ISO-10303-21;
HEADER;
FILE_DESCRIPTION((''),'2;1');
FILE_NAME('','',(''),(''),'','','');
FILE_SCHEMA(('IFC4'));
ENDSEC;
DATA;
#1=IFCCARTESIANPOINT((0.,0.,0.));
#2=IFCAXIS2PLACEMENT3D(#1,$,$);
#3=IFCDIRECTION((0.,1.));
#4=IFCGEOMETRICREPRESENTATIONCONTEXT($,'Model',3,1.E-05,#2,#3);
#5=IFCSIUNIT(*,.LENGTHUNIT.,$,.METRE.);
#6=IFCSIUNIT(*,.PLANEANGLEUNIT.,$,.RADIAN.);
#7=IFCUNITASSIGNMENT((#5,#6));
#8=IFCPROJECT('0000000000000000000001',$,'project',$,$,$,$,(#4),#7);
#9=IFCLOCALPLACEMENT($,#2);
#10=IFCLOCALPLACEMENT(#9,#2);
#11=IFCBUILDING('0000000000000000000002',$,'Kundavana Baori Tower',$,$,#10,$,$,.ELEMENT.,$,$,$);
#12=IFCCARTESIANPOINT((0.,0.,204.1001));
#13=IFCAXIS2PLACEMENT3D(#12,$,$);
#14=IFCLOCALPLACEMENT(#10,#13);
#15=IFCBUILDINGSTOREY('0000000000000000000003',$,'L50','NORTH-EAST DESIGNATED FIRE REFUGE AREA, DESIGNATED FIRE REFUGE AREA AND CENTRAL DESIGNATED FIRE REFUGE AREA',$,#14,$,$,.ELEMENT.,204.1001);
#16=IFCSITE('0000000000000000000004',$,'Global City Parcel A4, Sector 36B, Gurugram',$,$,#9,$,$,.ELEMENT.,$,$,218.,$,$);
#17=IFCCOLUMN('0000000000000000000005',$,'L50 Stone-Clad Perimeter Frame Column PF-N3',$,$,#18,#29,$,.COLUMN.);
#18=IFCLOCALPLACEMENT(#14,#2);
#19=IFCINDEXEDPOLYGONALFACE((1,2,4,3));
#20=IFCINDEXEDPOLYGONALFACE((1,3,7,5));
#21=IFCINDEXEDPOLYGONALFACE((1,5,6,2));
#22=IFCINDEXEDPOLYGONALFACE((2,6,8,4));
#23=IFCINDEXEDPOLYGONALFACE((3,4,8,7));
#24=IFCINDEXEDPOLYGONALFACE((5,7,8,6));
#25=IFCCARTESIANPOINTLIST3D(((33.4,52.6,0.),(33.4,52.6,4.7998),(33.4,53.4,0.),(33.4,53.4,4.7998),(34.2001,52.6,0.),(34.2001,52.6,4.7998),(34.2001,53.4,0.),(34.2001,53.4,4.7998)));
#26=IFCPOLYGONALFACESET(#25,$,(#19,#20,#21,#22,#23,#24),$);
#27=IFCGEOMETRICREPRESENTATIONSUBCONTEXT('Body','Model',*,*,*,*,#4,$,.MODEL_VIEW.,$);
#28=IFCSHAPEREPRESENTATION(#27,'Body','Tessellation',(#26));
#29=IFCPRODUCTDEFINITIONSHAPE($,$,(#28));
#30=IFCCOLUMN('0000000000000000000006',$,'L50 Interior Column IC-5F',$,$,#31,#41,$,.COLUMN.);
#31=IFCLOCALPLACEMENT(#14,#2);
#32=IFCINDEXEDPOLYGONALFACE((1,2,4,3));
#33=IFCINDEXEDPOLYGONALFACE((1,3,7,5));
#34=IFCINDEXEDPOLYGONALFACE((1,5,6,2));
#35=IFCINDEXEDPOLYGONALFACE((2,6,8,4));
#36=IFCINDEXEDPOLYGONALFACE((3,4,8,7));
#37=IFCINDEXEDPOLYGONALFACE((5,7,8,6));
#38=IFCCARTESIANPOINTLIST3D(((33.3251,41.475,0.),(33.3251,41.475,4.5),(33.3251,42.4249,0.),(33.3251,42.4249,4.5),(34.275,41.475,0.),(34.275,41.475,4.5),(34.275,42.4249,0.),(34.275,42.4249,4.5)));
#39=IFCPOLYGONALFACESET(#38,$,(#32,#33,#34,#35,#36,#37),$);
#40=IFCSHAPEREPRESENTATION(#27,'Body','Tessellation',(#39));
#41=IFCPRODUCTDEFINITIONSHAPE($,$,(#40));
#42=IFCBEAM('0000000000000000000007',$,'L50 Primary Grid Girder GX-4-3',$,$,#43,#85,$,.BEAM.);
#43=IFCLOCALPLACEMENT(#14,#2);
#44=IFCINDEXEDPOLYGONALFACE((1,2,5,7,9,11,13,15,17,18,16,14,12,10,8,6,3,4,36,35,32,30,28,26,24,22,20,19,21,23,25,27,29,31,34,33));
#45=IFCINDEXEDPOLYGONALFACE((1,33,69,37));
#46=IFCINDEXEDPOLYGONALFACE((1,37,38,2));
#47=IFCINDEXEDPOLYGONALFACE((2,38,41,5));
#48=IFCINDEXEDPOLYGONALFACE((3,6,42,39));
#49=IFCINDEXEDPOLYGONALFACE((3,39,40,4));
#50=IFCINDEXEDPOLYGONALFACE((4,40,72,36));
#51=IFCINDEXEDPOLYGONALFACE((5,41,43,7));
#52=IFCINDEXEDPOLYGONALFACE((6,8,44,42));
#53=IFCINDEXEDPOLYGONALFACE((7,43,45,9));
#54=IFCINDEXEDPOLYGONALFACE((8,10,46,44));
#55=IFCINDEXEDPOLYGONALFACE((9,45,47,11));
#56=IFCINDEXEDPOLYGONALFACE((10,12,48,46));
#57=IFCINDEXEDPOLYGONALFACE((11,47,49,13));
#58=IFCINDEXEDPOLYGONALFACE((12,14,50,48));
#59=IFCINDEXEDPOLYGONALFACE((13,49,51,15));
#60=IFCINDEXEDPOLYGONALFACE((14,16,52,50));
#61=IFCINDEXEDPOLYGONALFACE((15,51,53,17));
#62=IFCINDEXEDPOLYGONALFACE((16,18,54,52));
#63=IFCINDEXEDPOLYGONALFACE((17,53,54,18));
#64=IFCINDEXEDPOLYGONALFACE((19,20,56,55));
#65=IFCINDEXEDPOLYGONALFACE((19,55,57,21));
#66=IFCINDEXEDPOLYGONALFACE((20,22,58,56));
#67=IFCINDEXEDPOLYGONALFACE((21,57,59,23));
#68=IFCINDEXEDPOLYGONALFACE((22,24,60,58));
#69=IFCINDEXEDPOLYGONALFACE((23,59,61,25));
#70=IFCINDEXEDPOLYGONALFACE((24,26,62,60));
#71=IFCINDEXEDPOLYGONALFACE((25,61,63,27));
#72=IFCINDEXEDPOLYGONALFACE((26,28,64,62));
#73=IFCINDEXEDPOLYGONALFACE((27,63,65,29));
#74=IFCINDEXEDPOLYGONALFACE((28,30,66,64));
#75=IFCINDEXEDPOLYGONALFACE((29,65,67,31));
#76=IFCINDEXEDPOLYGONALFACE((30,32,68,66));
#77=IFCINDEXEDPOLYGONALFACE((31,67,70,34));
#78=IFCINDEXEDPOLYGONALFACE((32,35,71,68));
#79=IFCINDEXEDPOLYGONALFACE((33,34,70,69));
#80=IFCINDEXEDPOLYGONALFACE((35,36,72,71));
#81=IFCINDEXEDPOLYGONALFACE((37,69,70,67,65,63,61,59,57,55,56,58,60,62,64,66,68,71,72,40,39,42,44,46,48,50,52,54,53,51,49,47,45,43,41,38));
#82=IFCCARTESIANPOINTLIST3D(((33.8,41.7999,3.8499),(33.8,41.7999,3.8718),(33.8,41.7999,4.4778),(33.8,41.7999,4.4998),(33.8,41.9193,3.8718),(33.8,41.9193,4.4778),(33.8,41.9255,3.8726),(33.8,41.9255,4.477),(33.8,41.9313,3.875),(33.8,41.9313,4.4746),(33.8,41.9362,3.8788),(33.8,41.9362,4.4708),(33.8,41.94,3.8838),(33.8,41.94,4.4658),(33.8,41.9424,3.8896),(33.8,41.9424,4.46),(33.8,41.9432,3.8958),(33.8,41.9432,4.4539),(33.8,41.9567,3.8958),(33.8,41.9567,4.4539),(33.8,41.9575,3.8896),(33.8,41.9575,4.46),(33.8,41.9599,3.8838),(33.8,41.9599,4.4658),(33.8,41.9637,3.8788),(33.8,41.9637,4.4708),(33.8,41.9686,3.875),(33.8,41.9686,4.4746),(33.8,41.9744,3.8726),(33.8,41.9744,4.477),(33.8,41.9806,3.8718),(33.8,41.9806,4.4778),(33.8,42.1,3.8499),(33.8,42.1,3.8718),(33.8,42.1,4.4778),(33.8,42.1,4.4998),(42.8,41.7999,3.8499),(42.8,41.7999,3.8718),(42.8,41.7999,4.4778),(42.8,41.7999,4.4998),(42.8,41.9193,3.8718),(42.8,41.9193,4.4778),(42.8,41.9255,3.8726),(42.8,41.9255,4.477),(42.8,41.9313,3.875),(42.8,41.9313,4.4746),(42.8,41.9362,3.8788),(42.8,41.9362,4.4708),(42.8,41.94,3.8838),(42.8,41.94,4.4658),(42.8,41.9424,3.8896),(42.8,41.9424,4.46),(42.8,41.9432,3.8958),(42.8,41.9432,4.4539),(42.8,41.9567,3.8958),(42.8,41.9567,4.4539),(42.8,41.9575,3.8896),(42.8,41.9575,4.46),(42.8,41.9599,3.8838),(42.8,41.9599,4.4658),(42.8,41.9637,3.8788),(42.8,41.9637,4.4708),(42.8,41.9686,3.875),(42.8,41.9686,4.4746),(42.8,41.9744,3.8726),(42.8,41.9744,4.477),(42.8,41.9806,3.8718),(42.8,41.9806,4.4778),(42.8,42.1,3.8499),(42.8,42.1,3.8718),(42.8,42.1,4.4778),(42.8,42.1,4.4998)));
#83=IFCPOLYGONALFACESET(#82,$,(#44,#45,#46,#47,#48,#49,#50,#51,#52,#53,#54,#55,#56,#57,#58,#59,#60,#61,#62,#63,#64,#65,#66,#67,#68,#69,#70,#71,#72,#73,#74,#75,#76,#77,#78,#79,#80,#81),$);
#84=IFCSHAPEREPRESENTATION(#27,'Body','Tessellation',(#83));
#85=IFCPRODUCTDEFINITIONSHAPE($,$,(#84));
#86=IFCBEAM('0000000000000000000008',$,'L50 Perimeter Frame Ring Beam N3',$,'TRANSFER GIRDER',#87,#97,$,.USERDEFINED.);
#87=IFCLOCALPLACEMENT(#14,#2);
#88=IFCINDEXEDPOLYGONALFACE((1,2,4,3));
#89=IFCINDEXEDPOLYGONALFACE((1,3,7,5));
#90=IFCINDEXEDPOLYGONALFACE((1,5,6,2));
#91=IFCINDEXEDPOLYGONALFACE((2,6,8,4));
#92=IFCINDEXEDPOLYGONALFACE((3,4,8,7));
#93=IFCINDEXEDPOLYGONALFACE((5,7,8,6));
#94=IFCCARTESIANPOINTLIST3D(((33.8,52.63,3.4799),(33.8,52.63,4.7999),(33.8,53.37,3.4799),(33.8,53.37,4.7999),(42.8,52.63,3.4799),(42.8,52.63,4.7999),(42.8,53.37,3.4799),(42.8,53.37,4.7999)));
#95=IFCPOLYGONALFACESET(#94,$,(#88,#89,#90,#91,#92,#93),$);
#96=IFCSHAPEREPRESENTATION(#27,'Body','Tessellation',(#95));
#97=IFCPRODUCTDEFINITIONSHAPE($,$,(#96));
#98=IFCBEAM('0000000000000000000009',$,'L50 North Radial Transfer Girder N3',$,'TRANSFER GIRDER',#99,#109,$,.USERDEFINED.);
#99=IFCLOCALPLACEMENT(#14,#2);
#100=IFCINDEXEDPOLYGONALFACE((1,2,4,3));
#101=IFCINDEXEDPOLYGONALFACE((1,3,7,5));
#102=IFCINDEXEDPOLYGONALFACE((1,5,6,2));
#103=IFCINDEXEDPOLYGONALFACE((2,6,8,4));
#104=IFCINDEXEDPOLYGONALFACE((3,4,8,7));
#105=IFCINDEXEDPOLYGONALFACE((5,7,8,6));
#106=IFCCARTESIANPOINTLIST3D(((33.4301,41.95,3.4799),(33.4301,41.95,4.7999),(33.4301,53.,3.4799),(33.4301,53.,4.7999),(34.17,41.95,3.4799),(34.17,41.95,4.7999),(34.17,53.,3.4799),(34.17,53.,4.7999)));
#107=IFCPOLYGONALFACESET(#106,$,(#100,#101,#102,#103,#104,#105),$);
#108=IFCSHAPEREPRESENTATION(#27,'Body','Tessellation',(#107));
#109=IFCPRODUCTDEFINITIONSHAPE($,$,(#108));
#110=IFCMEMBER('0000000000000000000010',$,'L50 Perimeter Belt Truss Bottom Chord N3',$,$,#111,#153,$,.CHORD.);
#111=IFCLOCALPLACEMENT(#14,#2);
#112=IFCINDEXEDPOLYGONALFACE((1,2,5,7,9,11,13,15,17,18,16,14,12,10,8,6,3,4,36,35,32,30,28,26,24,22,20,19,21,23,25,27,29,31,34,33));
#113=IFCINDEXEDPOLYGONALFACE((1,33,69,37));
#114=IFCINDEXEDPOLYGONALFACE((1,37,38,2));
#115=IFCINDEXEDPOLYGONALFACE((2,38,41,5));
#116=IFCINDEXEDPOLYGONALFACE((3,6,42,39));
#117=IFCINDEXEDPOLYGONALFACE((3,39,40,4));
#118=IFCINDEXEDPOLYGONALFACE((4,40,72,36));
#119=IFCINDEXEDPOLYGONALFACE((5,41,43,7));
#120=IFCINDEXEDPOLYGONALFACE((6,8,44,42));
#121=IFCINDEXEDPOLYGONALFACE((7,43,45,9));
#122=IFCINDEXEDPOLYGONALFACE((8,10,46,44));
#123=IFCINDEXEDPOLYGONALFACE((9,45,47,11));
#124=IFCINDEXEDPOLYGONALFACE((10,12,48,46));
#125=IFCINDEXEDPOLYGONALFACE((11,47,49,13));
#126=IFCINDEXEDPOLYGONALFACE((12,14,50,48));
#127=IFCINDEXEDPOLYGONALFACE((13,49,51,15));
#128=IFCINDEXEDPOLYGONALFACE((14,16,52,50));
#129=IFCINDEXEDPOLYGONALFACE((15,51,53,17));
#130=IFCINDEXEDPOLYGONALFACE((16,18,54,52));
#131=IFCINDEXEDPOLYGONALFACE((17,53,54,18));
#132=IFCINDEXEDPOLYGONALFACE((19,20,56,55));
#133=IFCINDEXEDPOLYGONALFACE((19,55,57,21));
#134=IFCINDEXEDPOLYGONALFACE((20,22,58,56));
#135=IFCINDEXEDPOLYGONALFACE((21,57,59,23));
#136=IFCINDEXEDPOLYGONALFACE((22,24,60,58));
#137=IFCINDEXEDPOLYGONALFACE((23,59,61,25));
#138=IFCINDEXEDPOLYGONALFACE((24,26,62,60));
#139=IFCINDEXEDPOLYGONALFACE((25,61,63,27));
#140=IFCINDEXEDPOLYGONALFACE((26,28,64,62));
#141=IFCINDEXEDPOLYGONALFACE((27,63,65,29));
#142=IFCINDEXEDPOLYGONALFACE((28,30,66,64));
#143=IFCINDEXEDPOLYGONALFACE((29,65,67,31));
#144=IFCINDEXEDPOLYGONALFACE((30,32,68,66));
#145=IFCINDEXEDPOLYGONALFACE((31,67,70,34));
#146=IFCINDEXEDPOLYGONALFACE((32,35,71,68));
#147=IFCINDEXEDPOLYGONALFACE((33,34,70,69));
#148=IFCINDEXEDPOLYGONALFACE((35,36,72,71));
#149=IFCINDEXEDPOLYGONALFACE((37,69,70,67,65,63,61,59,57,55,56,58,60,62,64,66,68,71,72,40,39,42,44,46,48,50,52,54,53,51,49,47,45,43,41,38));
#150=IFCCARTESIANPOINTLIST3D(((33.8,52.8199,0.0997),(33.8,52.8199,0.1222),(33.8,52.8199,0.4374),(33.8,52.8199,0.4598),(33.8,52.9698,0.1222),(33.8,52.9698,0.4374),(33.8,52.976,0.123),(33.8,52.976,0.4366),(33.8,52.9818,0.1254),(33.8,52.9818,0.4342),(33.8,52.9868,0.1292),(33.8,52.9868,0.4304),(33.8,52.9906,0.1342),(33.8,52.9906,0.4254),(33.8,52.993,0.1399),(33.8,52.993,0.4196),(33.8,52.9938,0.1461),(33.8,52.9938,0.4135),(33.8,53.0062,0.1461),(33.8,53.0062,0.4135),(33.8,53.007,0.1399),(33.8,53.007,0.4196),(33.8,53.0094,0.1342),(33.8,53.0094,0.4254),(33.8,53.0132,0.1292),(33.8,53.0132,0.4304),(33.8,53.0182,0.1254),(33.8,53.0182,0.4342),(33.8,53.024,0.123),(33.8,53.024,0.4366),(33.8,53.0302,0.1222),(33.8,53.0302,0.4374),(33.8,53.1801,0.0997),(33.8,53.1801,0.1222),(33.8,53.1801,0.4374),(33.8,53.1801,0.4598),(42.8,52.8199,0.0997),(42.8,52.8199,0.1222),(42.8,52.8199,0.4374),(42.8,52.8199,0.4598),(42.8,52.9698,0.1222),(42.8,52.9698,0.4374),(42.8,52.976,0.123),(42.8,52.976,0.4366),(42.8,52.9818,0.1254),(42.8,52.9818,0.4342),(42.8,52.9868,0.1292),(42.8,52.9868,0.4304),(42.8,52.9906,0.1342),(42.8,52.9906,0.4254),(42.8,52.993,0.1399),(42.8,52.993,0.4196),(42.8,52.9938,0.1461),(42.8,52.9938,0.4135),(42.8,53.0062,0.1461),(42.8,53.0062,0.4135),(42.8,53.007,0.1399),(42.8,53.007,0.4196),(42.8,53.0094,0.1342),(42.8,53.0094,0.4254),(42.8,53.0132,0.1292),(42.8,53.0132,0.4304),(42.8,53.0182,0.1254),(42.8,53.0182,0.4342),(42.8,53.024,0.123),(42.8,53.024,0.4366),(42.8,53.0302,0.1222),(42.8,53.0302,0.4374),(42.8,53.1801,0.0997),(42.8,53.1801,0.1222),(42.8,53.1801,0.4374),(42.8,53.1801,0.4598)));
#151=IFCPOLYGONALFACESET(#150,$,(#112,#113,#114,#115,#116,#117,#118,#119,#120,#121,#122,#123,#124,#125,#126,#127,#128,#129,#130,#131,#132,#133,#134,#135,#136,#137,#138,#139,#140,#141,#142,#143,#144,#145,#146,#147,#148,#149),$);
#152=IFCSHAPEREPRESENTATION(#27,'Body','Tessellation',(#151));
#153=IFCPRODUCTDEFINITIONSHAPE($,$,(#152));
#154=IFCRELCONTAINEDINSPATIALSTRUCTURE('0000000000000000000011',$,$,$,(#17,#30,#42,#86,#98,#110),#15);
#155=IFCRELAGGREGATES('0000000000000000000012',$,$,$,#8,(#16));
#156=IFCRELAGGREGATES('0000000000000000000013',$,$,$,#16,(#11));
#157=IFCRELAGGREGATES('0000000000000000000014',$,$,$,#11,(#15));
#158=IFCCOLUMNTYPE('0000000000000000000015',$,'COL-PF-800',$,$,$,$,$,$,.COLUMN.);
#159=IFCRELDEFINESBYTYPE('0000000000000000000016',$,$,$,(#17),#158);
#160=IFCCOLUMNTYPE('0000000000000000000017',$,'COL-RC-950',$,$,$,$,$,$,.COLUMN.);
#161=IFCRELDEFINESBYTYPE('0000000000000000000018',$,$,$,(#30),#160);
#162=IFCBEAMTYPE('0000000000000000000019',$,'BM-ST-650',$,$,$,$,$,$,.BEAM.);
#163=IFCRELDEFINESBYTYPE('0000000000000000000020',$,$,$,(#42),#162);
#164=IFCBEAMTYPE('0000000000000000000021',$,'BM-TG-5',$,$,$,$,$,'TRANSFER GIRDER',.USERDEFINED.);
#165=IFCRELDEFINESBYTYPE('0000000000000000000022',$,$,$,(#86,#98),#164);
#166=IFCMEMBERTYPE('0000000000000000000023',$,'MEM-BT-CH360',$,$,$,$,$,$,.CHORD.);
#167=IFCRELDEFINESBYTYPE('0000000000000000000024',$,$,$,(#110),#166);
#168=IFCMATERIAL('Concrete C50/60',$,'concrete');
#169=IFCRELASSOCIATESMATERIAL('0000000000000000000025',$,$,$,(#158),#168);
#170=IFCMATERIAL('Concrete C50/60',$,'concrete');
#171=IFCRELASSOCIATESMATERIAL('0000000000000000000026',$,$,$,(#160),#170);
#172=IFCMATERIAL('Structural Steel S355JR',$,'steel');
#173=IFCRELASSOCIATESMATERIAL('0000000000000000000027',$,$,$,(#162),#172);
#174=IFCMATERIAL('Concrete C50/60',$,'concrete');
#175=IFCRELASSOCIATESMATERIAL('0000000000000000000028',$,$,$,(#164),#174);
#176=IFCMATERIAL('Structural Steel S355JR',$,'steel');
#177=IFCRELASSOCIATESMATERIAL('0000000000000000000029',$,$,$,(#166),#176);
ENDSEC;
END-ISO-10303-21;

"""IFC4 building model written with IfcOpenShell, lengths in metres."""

from ifc_helpers import new_model, si_unit, direction, frame, origin, origin_2d, place, context, subcontext, project, spatial, rectangle, i_section, extrude, material, material_profile, profile_set, type_object, element, save


model = new_model("IFC4")

# Units and contexts
model_context = context("Model", 3, precision=1e-05, world=origin(), true_north=direction((0.0, 1.0)))
body_context = subcontext(model_context, "Body", "Model", "MODEL_VIEW")
ifc_project = project(units=[si_unit("LENGTHUNIT", "METRE"), si_unit("PLANEANGLEUNIT", "RADIAN")], contexts=[model_context])

# Site, building, storey
site_placement = place(None, origin())
site = spatial("IfcSite", under=ifc_project, at=site_placement, Name="Global City Parcel A4, Sector 36B, Gurugram", CompositionType="ELEMENT", RefElevation=218.0)
building_placement = place(site_placement, origin())
building = spatial("IfcBuilding", under=site, at=building_placement, Name="Kundavana Baori Tower", CompositionType="ELEMENT")
storey_placement = place(building_placement, frame((0.0, 0.0, 204.1001)))
storey = spatial("IfcBuildingStorey", under=building, at=storey_placement, Name="L50", Description="NORTH-EAST DESIGNATED FIRE REFUGE AREA, DESIGNATED FIRE REFUGE AREA AND CENTRAL DESIGNATED FIRE REFUGE AREA", CompositionType="ELEMENT", Elevation=204.1001)

# Columns
ifc_material_1 = material(Name="Concrete C50/60", Category="concrete")
ifc_material_profile_1 = material_profile(ifc_material_1, rectangle(XDim=0.8, YDim=0.8, at=origin_2d()), Name="RC PF 800x800")
ifc_profile_set_1 = profile_set([ifc_material_profile_1], Name="Concrete C50/60")
column_type_1 = type_object("IfcColumnType", Name="COL-PF-800", PredefinedType="COLUMN", material=ifc_profile_set_1)
column_1_placement = place(storey_placement, frame((33.8, 53.0, 0.0), z_axis=(0.0, 0.0, 1.0), x_axis=(1.0, 0.0, 0.0)))
element("IfcColumn", 1, at=column_1_placement, inside=storey, type_object=column_type_1, Name="L50 Stone-Clad Perimeter Frame Column PF-N3", PredefinedType="COLUMN", context=body_context, shape_type="SweptSolid", body=[
    extrude(rectangle(XDim=0.8, YDim=0.8, at=origin_2d()), origin(), (0.0, 0.0, 1.0), 4.7998),
])
ifc_material_2 = material(Name="Concrete C50/60", Category="concrete")
ifc_material_profile_2 = material_profile(ifc_material_2, rectangle(XDim=0.95, YDim=0.95, at=origin_2d()), Name="RC 950x950")
ifc_profile_set_2 = profile_set([ifc_material_profile_2], Name="Concrete C50/60")
column_type_2 = type_object("IfcColumnType", Name="COL-RC-950", PredefinedType="COLUMN", material=ifc_profile_set_2)
column_2_placement = place(storey_placement, frame((33.8, 41.95, 0.0), z_axis=(0.0, 0.0, 1.0), x_axis=(1.0, 0.0, 0.0)))
element("IfcColumn", 2, at=column_2_placement, inside=storey, type_object=column_type_2, Name="L50 Interior Column IC-5F", PredefinedType="COLUMN", context=body_context, shape_type="SweptSolid", body=[
    extrude(rectangle(XDim=0.95, YDim=0.95, at=origin_2d()), origin(), (0.0, 0.0, 1.0), 4.5),
])

# Beams
ifc_material_3 = material(Name="Structural Steel S355JR", Category="steel")
ifc_material_profile_3 = material_profile(ifc_material_3, i_section(OverallWidth=0.3, OverallDepth=0.6499, WebThickness=0.0134, FlangeThickness=0.022, FilletRadius=0.0239, at=origin_2d()), Name="NPB 650x300x155")
ifc_profile_set_3 = profile_set([ifc_material_profile_3], Name="Structural Steel S355JR")
beam_type_1 = type_object("IfcBeamType", Name="BM-ST-650", PredefinedType="BEAM", material=ifc_profile_set_3)
beam_1_placement = place(storey_placement, frame((33.8, 41.95, 4.1748), z_axis=(1.0, 0.0, 0.0), x_axis=(0.0, 1.0, 0.0)))
element("IfcBeam", 3, at=beam_1_placement, inside=storey, type_object=beam_type_1, Name="L50 Primary Grid Girder GX-4-3", PredefinedType="BEAM", context=body_context, shape_type="SweptSolid", body=[
    extrude(i_section(OverallWidth=0.3, OverallDepth=0.6499, WebThickness=0.0134, FlangeThickness=0.022, FilletRadius=0.0239, at=origin_2d()), origin(), (0.0, 0.0, 1.0), 9.0),
])
ifc_material_4 = material(Name="Concrete C50/60", Category="concrete")
ifc_material_profile_4 = material_profile(ifc_material_4, rectangle(XDim=0.74, YDim=1.3201, at=origin_2d()), Name="BM-TG-5")
ifc_profile_set_4 = profile_set([ifc_material_profile_4], Name="Concrete C50/60")
beam_type_2 = type_object("IfcBeamType", Name="BM-TG-5", ElementType="TRANSFER GIRDER", PredefinedType="USERDEFINED", material=ifc_profile_set_4)
beam_2_placement = place(storey_placement, frame((33.8, 53.0, 4.1399), z_axis=(1.0, 0.0, 0.0), x_axis=(0.0, 1.0, 0.0)))
element("IfcBeam", 4, at=beam_2_placement, inside=storey, type_object=beam_type_2, Name="L50 Perimeter Frame Ring Beam N3", ObjectType="TRANSFER GIRDER", PredefinedType="USERDEFINED", context=body_context, shape_type="SweptSolid", body=[
    extrude(rectangle(XDim=0.74, YDim=1.3201, at=origin_2d()), origin(), (0.0, 0.0, 1.0), 9.0),
])
beam_3_placement = place(storey_placement, frame((33.8, 41.95, 4.1399), z_axis=(0.0, 1.0, 0.0), x_axis=(-1.0, 0.0, 0.0)))
element("IfcBeam", 5, at=beam_3_placement, inside=storey, type_object=beam_type_2, Name="L50 North Radial Transfer Girder N3", ObjectType="TRANSFER GIRDER", PredefinedType="USERDEFINED", context=body_context, shape_type="SweptSolid", body=[
    extrude(rectangle(XDim=0.74, YDim=1.3201, at=origin_2d()), origin(), (0.0, 0.0, 1.0), 11.05),
])

# Member
ifc_material_5 = material(Name="Structural Steel S355JR", Category="steel")
ifc_material_profile_5 = material_profile(ifc_material_5, i_section(OverallWidth=0.3601, OverallDepth=0.3601, WebThickness=0.0125, FlangeThickness=0.0225, FilletRadius=0.0239, at=origin_2d()), Name="WPB 360x360x142")
ifc_profile_set_5 = profile_set([ifc_material_profile_5], Name="Structural Steel S355JR")
member_type_1 = type_object("IfcMemberType", Name="MEM-BT-CH360", PredefinedType="CHORD", material=ifc_profile_set_5)
member_1_placement = place(storey_placement, frame((33.8, 53.0, 0.2798), z_axis=(1.0, 0.0, 0.0), x_axis=(0.0, 1.0, 0.0)))
element("IfcMember", 6, at=member_1_placement, inside=storey, type_object=member_type_1, Name="L50 Perimeter Belt Truss Bottom Chord N3", PredefinedType="CHORD", context=body_context, shape_type="SweptSolid", body=[
    extrude(i_section(OverallWidth=0.3601, OverallDepth=0.3601, WebThickness=0.0125, FlangeThickness=0.0225, FilletRadius=0.0239, at=origin_2d()), origin(), (0.0, 0.0, 1.0), 9.0),
])

save(model, "model.ifc")
